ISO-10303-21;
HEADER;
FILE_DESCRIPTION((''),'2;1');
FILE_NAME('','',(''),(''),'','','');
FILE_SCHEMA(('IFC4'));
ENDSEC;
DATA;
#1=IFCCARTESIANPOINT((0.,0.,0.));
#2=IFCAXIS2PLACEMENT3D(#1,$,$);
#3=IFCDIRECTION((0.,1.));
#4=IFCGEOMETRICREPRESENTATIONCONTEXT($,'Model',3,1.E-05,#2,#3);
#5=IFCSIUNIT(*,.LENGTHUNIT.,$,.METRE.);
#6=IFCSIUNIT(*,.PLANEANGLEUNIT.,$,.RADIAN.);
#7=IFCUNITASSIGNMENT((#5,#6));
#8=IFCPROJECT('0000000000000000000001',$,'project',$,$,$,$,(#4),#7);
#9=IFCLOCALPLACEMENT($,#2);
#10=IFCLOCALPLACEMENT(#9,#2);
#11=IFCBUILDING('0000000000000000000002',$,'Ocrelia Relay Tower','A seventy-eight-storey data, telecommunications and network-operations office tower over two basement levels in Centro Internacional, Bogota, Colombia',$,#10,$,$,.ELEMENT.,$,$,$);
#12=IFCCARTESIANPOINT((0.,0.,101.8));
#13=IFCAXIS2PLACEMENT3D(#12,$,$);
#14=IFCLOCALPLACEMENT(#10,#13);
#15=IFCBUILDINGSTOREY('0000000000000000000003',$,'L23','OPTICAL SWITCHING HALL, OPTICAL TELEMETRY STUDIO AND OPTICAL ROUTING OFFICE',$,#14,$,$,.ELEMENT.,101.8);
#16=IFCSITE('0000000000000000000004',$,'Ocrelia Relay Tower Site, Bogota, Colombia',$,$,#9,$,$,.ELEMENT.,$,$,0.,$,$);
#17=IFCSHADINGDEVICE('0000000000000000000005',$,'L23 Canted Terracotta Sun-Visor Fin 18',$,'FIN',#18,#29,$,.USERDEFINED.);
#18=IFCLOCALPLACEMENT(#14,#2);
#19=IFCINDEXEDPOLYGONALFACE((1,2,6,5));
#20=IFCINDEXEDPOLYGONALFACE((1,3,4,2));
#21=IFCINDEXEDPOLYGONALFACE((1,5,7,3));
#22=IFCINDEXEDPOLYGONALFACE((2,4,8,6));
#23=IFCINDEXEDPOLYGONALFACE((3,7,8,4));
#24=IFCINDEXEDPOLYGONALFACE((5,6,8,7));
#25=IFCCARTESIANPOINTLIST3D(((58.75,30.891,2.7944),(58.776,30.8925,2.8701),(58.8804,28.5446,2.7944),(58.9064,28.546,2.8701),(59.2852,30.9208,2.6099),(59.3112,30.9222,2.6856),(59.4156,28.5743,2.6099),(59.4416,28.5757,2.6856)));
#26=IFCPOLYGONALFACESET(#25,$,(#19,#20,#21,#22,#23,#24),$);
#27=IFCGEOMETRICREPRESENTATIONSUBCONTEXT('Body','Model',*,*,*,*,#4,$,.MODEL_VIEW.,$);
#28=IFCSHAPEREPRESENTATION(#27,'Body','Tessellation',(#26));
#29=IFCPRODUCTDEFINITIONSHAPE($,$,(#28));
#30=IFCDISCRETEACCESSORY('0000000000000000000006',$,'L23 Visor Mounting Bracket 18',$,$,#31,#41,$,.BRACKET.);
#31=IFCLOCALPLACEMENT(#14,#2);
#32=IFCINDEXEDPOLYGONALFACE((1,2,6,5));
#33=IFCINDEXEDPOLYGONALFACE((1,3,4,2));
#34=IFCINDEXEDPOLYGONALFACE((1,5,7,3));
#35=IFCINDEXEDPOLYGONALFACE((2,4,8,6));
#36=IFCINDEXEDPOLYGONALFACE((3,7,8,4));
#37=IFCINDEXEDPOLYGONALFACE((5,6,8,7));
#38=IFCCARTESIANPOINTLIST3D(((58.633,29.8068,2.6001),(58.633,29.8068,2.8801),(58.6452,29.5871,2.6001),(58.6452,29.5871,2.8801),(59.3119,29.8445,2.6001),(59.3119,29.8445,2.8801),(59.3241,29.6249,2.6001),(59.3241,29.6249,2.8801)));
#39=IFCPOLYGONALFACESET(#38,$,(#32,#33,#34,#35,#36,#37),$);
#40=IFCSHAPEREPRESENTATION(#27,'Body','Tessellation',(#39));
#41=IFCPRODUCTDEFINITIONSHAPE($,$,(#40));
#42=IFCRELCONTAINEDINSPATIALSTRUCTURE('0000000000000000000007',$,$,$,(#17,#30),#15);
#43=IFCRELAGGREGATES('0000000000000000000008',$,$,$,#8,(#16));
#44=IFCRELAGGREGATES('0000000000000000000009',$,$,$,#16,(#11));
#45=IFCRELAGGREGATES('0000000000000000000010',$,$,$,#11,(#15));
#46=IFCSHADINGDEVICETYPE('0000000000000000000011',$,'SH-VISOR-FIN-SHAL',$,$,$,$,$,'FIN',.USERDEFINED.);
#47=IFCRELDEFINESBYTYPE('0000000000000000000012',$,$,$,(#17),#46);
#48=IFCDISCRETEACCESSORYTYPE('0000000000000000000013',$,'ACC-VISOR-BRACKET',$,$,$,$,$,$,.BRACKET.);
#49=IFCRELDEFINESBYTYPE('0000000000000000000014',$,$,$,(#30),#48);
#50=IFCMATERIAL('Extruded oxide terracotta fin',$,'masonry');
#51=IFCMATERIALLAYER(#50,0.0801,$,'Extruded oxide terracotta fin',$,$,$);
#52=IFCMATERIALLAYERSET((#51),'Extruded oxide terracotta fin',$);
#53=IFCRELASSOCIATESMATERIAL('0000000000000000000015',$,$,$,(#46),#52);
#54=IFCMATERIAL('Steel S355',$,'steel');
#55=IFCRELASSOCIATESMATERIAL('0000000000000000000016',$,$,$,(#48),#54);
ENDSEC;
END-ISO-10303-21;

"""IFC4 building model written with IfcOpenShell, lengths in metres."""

from ifc_helpers import new_model, si_unit, direction, frame, origin, origin_2d, place, context, subcontext, project, spatial, rectangle, extrude, material, layer, layer_set, type_object, element, save


model = new_model("IFC4")

# Units and contexts
model_context = context("Model", 3, precision=1e-05, world=origin(), true_north=direction((0.0, 1.0)))
body_context = subcontext(model_context, "Body", "Model", "MODEL_VIEW")
ifc_project = project(units=[si_unit("LENGTHUNIT", "METRE"), si_unit("PLANEANGLEUNIT", "RADIAN")], contexts=[model_context])

# Site, building, storey
site_placement = place(None, origin())
site = spatial("IfcSite", under=ifc_project, at=site_placement, Name="Ocrelia Relay Tower Site, Bogota, Colombia", CompositionType="ELEMENT", RefElevation=0.0)
building_placement = place(site_placement, origin())
building = spatial("IfcBuilding", under=site, at=building_placement, Name="Ocrelia Relay Tower", Description="A seventy-eight-storey data, telecommunications and network-operations office tower over two basement levels in Centro Internacional, Bogota, Colombia", CompositionType="ELEMENT")
storey_placement = place(building_placement, frame((0.0, 0.0, 101.8)))
storey = spatial("IfcBuildingStorey", under=building, at=storey_placement, Name="L23", Description="OPTICAL SWITCHING HALL, OPTICAL TELEMETRY STUDIO AND OPTICAL ROUTING OFFICE", CompositionType="ELEMENT", Elevation=101.8)

# Shared definitions
ifc_material_1 = material(Name="Steel S355", Category="steel")

# Shading device
ifc_material_2 = material(Name="Extruded oxide terracotta fin", Category="masonry")
ifc_layer_1 = layer(ifc_material_2, 0.0801, Name="Extruded oxide terracotta fin")
ifc_layer_set_1 = layer_set([ifc_layer_1], Name="Extruded oxide terracotta fin")
shading_device_type = type_object("IfcShadingDeviceType", Name="SH-VISOR-FIN-SHAL", ElementType="FIN", PredefinedType="USERDEFINED", material=ifc_layer_set_1)
shading_device_placement = place(storey_placement, frame((59.0828, 29.7327, 2.7021), z_axis=(0.324902, 0.018056, 0.945575), x_axis=(-0.055487, 0.998459, 0.0)))
element("IfcShadingDevice", 1, at=shading_device_placement, inside=storey, type_object=shading_device_type, Name="L23 Canted Terracotta Sun-Visor Fin 18", ObjectType="FIN", PredefinedType="USERDEFINED", context=body_context, shape_type="SweptSolid", body=[
    extrude(rectangle(XDim=2.3501, YDim=0.5669, at=origin_2d()), origin(), (0.0, 0.0, 1.0), 0.0801),
])

# Discrete accessory
discrete_accessory_type = type_object("IfcDiscreteAccessoryType", Name="ACC-VISOR-BRACKET", PredefinedType="BRACKET", material=ifc_material_1)
discrete_accessory_placement = place(storey_placement, frame((58.9785, 29.7158, 2.6001), z_axis=(0.0, 0.0, 1.0), x_axis=(-0.055487, 0.998459, 0.0)))
element("IfcDiscreteAccessory", 2, at=discrete_accessory_placement, inside=storey, type_object=discrete_accessory_type, Name="L23 Visor Mounting Bracket 18", PredefinedType="BRACKET", context=body_context, shape_type="SweptSolid", body=[
    extrude(rectangle(XDim=0.22, YDim=0.6799, at=origin_2d()), origin(), (0.0, 0.0, 1.0), 0.28),
])

save(model, "model.ifc")
